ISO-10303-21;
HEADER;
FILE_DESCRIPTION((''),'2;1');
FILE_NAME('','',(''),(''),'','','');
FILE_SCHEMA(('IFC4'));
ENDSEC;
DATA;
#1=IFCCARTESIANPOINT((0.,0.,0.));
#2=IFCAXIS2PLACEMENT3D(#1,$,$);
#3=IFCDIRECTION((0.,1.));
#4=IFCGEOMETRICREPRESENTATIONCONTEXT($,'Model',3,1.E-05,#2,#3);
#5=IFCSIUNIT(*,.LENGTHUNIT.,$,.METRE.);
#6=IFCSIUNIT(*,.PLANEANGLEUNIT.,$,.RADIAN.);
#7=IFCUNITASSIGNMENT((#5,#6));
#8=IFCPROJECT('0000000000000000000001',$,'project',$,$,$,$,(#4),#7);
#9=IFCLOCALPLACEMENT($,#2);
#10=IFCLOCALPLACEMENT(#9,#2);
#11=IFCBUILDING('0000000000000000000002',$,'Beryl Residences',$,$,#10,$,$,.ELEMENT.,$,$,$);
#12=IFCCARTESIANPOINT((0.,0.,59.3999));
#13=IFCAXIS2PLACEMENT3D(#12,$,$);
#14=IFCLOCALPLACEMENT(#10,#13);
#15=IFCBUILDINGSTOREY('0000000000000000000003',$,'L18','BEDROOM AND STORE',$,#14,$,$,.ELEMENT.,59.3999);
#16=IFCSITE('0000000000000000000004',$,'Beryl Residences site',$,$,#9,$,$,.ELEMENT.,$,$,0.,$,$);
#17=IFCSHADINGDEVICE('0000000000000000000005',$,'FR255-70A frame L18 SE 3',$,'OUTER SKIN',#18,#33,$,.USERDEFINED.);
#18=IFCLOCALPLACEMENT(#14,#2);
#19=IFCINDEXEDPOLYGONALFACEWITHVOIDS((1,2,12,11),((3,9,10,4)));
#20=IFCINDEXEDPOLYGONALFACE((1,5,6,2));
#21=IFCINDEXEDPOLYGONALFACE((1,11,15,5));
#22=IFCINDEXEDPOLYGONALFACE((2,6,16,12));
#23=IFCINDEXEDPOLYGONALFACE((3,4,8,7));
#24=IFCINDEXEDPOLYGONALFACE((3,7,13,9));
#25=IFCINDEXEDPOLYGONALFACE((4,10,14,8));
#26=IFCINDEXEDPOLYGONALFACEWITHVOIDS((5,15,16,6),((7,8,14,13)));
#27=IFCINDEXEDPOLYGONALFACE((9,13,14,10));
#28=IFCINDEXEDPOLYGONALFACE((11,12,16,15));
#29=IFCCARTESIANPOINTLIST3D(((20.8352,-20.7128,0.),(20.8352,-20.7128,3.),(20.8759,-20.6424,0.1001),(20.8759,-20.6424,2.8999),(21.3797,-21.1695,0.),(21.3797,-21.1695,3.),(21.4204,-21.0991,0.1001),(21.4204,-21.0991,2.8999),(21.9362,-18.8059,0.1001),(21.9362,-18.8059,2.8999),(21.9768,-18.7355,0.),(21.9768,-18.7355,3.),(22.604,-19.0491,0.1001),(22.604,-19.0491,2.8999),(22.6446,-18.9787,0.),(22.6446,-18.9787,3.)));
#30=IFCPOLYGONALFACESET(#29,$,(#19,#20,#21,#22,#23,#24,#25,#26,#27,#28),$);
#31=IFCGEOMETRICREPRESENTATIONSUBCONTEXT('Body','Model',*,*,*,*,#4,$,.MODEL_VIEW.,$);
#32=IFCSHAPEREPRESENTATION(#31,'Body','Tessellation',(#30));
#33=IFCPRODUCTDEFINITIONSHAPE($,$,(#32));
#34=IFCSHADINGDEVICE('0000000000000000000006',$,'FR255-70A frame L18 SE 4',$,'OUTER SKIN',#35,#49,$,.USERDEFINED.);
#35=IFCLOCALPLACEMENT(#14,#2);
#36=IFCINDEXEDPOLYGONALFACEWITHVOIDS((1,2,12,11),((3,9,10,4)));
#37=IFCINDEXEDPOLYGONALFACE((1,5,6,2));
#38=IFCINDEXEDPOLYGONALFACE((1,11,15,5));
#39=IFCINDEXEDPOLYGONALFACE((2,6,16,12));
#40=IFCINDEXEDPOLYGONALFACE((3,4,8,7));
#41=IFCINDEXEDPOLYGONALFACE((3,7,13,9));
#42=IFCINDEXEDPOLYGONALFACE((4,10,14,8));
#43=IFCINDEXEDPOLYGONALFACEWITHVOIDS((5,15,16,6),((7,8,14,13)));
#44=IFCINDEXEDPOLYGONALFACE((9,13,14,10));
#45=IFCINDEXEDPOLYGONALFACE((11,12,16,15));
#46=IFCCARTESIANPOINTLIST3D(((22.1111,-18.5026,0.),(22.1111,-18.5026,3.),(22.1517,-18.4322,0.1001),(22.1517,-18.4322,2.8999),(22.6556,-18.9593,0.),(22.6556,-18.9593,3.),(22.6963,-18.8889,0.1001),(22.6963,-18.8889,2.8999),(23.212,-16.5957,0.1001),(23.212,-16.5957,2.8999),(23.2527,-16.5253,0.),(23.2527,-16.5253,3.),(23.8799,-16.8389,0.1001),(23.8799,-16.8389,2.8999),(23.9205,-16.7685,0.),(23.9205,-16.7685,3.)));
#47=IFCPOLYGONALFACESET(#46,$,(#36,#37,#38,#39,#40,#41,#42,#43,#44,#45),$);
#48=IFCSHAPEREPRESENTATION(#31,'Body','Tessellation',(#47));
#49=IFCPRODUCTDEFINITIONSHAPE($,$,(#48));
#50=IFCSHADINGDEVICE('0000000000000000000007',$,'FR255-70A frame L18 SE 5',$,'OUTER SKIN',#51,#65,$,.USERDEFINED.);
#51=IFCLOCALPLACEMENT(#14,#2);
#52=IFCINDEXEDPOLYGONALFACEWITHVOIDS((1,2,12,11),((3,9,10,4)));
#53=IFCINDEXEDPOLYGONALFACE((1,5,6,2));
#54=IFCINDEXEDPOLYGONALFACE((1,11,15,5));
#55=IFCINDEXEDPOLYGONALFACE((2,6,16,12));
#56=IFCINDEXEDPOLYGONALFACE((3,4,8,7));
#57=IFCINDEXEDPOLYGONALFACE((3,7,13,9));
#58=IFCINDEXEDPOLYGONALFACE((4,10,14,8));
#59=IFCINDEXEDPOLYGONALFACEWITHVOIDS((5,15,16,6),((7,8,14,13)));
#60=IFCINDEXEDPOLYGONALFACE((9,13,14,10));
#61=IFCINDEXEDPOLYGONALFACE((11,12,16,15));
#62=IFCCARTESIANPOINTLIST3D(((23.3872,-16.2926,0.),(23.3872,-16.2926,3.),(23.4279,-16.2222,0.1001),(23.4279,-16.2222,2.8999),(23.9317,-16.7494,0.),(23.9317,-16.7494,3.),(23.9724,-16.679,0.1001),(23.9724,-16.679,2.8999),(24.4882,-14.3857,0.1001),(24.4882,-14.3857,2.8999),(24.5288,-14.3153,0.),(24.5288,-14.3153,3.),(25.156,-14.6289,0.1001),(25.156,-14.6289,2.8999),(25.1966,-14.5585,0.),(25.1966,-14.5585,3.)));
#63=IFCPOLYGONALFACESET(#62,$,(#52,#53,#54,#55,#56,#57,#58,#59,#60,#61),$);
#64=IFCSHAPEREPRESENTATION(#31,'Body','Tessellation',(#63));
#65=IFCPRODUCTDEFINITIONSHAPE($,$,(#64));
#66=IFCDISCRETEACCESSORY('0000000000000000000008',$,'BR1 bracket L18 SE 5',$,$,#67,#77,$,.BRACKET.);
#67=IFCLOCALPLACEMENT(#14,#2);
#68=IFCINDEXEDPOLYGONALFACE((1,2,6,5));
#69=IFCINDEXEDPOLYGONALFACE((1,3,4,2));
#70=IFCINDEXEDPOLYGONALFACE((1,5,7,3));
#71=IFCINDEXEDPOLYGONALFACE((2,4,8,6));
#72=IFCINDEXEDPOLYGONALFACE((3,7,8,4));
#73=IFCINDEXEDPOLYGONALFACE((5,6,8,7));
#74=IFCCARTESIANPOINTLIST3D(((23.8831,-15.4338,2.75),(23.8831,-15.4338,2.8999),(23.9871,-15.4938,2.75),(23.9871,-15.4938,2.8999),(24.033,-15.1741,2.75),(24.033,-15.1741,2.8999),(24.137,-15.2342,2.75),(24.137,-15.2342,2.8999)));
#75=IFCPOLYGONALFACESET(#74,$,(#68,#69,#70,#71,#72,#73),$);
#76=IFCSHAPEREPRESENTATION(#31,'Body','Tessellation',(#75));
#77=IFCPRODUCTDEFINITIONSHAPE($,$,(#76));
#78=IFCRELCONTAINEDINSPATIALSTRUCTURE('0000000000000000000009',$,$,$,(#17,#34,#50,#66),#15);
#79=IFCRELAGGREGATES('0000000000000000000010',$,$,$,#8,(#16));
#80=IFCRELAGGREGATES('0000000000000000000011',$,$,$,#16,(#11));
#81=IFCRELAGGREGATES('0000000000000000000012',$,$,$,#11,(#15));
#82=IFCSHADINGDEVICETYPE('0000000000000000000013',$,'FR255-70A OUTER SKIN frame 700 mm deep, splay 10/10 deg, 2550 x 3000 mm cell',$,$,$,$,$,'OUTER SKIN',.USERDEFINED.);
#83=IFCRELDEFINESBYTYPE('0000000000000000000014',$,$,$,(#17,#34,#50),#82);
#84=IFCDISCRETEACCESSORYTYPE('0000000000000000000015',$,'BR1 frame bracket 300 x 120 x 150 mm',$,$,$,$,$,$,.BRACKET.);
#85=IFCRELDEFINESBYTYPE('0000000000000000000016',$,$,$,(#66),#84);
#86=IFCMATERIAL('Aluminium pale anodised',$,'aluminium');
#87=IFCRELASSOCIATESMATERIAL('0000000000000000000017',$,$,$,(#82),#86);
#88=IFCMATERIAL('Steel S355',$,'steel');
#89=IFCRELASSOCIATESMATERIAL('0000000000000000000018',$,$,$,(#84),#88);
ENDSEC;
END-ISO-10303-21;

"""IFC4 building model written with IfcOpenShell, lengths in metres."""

from ifc_helpers import new_model, entity, si_unit, direction, frame, origin, place, context, subcontext, project, spatial, polyline, outline, extrude, source, transform, mapped, material, type_object, type_shapes, element, save


model = new_model("IFC4")

# Units and contexts
model_context = context("Model", 3, precision=1e-05, world=origin(), true_north=direction((0.0, 1.0)))
body_context = subcontext(model_context, "Body", "Model", "MODEL_VIEW")
ifc_project = project(units=[si_unit("LENGTHUNIT", "METRE"), si_unit("PLANEANGLEUNIT", "RADIAN")], contexts=[model_context])

# Site, building, storey
site_placement = place(None, origin())
site = spatial("IfcSite", under=ifc_project, at=site_placement, Name="Beryl Residences site", CompositionType="ELEMENT", RefElevation=0.0)
building_placement = place(site_placement, origin())
building = spatial("IfcBuilding", under=site, at=building_placement, Name="Beryl Residences", CompositionType="ELEMENT")
storey_placement = place(building_placement, frame((0.0, 0.0, 59.3999)))
storey = spatial("IfcBuildingStorey", under=building, at=storey_placement, Name="L18", Description="BEDROOM AND STORE", CompositionType="ELEMENT", Elevation=59.3999)

# Shading devices
ifc_material_1 = material(Name="Aluminium pale anodised", Category="aluminium")
shading_device_type = type_object("IfcShadingDeviceType", Name="FR255-70A OUTER SKIN frame 700 mm deep, splay 10/10 deg, 2550 x 3000 mm cell", ElementType="OUTER SKIN", PredefinedType="USERDEFINED", material=ifc_material_1)
cartesian_point_1 = entity("IfcCartesianPoint", [-1.1416, 0.0])
cartesian_point_2 = entity("IfcCartesianPoint", [-1.0603, 0.1001])
cartesian_point_3 = entity("IfcCartesianPoint", [-1.2649, 0.0])
cartesian_point_4 = entity("IfcCartesianPoint", [-1.1836, 0.1001])
shared_shape_1 = source(origin(), body_context, "Body", "SweptSolid", [
    entity("IfcExtrudedAreaSolidTapered", entity("IfcArbitraryProfileDefWithVoids", "AREA", None, entity("IfcPolyline", [cartesian_point_1, entity("IfcCartesianPoint", [1.1416, 0.0]), entity("IfcCartesianPoint", [1.1416, 3.0]), entity("IfcCartesianPoint", [-1.1416, 3.0]), cartesian_point_1]), [entity("IfcPolyline", [cartesian_point_2, entity("IfcCartesianPoint", [1.0603, 0.1001]), entity("IfcCartesianPoint", [1.0603, 2.8999]), entity("IfcCartesianPoint", [-1.0603, 2.8999]), cartesian_point_2])]), entity("IfcAxis2Placement3D", entity("IfcCartesianPoint", [0.0, 0.0, 0.0]), entity("IfcDirection", [0.0, 1.0, 0.0]), entity("IfcDirection", [-1.0, 0.0, 0.0])), entity("IfcDirection", [0.0, 0.0, 1.0]), 0.7, entity("IfcArbitraryProfileDefWithVoids", "AREA", None, entity("IfcPolyline", [cartesian_point_3, entity("IfcCartesianPoint", [1.2649, 0.0]), entity("IfcCartesianPoint", [1.2649, 3.0]), entity("IfcCartesianPoint", [-1.2649, 3.0]), cartesian_point_3]), [entity("IfcPolyline", [cartesian_point_4, entity("IfcCartesianPoint", [1.1836, 0.1001]), entity("IfcCartesianPoint", [1.1836, 2.8999]), entity("IfcCartesianPoint", [-1.1836, 2.8999]), cartesian_point_4])])),
])
type_shapes(shading_device_type, [shared_shape_1])
for number, where, z_axis, x_axis, name in (
    (1, (21.406, -19.7241, 0.0), (0.0, 0.0, 1.0), (-0.5, -0.866025, 0.0), "FR255-70A frame L18 SE 3"),
    (2, (22.6819, -17.5139, 0.0), (0.0, 0.0, 1.0), (-0.5, -0.866025, 0.0), "FR255-70A frame L18 SE 4"),
    (3, (23.958, -15.304, 0.0), (0.0, 0.0, 1.0), (-0.5, -0.866025, 0.0), "FR255-70A frame L18 SE 5"),
):
    element("IfcShadingDevice", number, at=place(storey_placement, frame(where, z_axis=z_axis, x_axis=x_axis)), inside=storey, type_object=shading_device_type, Name=name, ObjectType="OUTER SKIN", PredefinedType="USERDEFINED", context=body_context, shape_type="MappedRepresentation", body=[
        mapped(shared_shape_1, transform((0.0, 0.0, 0.0))),
    ])

# Discrete accessory
ifc_material_2 = material(Name="Steel S355", Category="steel")
discrete_accessory_type = type_object("IfcDiscreteAccessoryType", Name="BR1 frame bracket 300 x 120 x 150 mm", PredefinedType="BRACKET", material=ifc_material_2)
shared_shape_2 = source(origin(), body_context, "Body", "SweptSolid", [
    extrude(outline(polyline([(-0.1499, 0.0), (0.1499, 0.0), (0.1499, 0.1201), (-0.1499, 0.1201), (-0.1499, 0.0)])), origin(), (0.0, 0.0, 1.0), 0.1499),
])
type_shapes(discrete_accessory_type, [shared_shape_2])
discrete_accessory_placement = place(storey_placement, frame((23.958, -15.304, 2.75), z_axis=(0.0, 0.0, 1.0), x_axis=(-0.5, -0.866025, 0.0)))
element("IfcDiscreteAccessory", 4, at=discrete_accessory_placement, inside=storey, type_object=discrete_accessory_type, Name="BR1 bracket L18 SE 5", PredefinedType="BRACKET", context=body_context, shape_type="MappedRepresentation", body=[
    mapped(shared_shape_2, transform((0.0, 0.0, 0.0))),
])

save(model, "model.ifc")
